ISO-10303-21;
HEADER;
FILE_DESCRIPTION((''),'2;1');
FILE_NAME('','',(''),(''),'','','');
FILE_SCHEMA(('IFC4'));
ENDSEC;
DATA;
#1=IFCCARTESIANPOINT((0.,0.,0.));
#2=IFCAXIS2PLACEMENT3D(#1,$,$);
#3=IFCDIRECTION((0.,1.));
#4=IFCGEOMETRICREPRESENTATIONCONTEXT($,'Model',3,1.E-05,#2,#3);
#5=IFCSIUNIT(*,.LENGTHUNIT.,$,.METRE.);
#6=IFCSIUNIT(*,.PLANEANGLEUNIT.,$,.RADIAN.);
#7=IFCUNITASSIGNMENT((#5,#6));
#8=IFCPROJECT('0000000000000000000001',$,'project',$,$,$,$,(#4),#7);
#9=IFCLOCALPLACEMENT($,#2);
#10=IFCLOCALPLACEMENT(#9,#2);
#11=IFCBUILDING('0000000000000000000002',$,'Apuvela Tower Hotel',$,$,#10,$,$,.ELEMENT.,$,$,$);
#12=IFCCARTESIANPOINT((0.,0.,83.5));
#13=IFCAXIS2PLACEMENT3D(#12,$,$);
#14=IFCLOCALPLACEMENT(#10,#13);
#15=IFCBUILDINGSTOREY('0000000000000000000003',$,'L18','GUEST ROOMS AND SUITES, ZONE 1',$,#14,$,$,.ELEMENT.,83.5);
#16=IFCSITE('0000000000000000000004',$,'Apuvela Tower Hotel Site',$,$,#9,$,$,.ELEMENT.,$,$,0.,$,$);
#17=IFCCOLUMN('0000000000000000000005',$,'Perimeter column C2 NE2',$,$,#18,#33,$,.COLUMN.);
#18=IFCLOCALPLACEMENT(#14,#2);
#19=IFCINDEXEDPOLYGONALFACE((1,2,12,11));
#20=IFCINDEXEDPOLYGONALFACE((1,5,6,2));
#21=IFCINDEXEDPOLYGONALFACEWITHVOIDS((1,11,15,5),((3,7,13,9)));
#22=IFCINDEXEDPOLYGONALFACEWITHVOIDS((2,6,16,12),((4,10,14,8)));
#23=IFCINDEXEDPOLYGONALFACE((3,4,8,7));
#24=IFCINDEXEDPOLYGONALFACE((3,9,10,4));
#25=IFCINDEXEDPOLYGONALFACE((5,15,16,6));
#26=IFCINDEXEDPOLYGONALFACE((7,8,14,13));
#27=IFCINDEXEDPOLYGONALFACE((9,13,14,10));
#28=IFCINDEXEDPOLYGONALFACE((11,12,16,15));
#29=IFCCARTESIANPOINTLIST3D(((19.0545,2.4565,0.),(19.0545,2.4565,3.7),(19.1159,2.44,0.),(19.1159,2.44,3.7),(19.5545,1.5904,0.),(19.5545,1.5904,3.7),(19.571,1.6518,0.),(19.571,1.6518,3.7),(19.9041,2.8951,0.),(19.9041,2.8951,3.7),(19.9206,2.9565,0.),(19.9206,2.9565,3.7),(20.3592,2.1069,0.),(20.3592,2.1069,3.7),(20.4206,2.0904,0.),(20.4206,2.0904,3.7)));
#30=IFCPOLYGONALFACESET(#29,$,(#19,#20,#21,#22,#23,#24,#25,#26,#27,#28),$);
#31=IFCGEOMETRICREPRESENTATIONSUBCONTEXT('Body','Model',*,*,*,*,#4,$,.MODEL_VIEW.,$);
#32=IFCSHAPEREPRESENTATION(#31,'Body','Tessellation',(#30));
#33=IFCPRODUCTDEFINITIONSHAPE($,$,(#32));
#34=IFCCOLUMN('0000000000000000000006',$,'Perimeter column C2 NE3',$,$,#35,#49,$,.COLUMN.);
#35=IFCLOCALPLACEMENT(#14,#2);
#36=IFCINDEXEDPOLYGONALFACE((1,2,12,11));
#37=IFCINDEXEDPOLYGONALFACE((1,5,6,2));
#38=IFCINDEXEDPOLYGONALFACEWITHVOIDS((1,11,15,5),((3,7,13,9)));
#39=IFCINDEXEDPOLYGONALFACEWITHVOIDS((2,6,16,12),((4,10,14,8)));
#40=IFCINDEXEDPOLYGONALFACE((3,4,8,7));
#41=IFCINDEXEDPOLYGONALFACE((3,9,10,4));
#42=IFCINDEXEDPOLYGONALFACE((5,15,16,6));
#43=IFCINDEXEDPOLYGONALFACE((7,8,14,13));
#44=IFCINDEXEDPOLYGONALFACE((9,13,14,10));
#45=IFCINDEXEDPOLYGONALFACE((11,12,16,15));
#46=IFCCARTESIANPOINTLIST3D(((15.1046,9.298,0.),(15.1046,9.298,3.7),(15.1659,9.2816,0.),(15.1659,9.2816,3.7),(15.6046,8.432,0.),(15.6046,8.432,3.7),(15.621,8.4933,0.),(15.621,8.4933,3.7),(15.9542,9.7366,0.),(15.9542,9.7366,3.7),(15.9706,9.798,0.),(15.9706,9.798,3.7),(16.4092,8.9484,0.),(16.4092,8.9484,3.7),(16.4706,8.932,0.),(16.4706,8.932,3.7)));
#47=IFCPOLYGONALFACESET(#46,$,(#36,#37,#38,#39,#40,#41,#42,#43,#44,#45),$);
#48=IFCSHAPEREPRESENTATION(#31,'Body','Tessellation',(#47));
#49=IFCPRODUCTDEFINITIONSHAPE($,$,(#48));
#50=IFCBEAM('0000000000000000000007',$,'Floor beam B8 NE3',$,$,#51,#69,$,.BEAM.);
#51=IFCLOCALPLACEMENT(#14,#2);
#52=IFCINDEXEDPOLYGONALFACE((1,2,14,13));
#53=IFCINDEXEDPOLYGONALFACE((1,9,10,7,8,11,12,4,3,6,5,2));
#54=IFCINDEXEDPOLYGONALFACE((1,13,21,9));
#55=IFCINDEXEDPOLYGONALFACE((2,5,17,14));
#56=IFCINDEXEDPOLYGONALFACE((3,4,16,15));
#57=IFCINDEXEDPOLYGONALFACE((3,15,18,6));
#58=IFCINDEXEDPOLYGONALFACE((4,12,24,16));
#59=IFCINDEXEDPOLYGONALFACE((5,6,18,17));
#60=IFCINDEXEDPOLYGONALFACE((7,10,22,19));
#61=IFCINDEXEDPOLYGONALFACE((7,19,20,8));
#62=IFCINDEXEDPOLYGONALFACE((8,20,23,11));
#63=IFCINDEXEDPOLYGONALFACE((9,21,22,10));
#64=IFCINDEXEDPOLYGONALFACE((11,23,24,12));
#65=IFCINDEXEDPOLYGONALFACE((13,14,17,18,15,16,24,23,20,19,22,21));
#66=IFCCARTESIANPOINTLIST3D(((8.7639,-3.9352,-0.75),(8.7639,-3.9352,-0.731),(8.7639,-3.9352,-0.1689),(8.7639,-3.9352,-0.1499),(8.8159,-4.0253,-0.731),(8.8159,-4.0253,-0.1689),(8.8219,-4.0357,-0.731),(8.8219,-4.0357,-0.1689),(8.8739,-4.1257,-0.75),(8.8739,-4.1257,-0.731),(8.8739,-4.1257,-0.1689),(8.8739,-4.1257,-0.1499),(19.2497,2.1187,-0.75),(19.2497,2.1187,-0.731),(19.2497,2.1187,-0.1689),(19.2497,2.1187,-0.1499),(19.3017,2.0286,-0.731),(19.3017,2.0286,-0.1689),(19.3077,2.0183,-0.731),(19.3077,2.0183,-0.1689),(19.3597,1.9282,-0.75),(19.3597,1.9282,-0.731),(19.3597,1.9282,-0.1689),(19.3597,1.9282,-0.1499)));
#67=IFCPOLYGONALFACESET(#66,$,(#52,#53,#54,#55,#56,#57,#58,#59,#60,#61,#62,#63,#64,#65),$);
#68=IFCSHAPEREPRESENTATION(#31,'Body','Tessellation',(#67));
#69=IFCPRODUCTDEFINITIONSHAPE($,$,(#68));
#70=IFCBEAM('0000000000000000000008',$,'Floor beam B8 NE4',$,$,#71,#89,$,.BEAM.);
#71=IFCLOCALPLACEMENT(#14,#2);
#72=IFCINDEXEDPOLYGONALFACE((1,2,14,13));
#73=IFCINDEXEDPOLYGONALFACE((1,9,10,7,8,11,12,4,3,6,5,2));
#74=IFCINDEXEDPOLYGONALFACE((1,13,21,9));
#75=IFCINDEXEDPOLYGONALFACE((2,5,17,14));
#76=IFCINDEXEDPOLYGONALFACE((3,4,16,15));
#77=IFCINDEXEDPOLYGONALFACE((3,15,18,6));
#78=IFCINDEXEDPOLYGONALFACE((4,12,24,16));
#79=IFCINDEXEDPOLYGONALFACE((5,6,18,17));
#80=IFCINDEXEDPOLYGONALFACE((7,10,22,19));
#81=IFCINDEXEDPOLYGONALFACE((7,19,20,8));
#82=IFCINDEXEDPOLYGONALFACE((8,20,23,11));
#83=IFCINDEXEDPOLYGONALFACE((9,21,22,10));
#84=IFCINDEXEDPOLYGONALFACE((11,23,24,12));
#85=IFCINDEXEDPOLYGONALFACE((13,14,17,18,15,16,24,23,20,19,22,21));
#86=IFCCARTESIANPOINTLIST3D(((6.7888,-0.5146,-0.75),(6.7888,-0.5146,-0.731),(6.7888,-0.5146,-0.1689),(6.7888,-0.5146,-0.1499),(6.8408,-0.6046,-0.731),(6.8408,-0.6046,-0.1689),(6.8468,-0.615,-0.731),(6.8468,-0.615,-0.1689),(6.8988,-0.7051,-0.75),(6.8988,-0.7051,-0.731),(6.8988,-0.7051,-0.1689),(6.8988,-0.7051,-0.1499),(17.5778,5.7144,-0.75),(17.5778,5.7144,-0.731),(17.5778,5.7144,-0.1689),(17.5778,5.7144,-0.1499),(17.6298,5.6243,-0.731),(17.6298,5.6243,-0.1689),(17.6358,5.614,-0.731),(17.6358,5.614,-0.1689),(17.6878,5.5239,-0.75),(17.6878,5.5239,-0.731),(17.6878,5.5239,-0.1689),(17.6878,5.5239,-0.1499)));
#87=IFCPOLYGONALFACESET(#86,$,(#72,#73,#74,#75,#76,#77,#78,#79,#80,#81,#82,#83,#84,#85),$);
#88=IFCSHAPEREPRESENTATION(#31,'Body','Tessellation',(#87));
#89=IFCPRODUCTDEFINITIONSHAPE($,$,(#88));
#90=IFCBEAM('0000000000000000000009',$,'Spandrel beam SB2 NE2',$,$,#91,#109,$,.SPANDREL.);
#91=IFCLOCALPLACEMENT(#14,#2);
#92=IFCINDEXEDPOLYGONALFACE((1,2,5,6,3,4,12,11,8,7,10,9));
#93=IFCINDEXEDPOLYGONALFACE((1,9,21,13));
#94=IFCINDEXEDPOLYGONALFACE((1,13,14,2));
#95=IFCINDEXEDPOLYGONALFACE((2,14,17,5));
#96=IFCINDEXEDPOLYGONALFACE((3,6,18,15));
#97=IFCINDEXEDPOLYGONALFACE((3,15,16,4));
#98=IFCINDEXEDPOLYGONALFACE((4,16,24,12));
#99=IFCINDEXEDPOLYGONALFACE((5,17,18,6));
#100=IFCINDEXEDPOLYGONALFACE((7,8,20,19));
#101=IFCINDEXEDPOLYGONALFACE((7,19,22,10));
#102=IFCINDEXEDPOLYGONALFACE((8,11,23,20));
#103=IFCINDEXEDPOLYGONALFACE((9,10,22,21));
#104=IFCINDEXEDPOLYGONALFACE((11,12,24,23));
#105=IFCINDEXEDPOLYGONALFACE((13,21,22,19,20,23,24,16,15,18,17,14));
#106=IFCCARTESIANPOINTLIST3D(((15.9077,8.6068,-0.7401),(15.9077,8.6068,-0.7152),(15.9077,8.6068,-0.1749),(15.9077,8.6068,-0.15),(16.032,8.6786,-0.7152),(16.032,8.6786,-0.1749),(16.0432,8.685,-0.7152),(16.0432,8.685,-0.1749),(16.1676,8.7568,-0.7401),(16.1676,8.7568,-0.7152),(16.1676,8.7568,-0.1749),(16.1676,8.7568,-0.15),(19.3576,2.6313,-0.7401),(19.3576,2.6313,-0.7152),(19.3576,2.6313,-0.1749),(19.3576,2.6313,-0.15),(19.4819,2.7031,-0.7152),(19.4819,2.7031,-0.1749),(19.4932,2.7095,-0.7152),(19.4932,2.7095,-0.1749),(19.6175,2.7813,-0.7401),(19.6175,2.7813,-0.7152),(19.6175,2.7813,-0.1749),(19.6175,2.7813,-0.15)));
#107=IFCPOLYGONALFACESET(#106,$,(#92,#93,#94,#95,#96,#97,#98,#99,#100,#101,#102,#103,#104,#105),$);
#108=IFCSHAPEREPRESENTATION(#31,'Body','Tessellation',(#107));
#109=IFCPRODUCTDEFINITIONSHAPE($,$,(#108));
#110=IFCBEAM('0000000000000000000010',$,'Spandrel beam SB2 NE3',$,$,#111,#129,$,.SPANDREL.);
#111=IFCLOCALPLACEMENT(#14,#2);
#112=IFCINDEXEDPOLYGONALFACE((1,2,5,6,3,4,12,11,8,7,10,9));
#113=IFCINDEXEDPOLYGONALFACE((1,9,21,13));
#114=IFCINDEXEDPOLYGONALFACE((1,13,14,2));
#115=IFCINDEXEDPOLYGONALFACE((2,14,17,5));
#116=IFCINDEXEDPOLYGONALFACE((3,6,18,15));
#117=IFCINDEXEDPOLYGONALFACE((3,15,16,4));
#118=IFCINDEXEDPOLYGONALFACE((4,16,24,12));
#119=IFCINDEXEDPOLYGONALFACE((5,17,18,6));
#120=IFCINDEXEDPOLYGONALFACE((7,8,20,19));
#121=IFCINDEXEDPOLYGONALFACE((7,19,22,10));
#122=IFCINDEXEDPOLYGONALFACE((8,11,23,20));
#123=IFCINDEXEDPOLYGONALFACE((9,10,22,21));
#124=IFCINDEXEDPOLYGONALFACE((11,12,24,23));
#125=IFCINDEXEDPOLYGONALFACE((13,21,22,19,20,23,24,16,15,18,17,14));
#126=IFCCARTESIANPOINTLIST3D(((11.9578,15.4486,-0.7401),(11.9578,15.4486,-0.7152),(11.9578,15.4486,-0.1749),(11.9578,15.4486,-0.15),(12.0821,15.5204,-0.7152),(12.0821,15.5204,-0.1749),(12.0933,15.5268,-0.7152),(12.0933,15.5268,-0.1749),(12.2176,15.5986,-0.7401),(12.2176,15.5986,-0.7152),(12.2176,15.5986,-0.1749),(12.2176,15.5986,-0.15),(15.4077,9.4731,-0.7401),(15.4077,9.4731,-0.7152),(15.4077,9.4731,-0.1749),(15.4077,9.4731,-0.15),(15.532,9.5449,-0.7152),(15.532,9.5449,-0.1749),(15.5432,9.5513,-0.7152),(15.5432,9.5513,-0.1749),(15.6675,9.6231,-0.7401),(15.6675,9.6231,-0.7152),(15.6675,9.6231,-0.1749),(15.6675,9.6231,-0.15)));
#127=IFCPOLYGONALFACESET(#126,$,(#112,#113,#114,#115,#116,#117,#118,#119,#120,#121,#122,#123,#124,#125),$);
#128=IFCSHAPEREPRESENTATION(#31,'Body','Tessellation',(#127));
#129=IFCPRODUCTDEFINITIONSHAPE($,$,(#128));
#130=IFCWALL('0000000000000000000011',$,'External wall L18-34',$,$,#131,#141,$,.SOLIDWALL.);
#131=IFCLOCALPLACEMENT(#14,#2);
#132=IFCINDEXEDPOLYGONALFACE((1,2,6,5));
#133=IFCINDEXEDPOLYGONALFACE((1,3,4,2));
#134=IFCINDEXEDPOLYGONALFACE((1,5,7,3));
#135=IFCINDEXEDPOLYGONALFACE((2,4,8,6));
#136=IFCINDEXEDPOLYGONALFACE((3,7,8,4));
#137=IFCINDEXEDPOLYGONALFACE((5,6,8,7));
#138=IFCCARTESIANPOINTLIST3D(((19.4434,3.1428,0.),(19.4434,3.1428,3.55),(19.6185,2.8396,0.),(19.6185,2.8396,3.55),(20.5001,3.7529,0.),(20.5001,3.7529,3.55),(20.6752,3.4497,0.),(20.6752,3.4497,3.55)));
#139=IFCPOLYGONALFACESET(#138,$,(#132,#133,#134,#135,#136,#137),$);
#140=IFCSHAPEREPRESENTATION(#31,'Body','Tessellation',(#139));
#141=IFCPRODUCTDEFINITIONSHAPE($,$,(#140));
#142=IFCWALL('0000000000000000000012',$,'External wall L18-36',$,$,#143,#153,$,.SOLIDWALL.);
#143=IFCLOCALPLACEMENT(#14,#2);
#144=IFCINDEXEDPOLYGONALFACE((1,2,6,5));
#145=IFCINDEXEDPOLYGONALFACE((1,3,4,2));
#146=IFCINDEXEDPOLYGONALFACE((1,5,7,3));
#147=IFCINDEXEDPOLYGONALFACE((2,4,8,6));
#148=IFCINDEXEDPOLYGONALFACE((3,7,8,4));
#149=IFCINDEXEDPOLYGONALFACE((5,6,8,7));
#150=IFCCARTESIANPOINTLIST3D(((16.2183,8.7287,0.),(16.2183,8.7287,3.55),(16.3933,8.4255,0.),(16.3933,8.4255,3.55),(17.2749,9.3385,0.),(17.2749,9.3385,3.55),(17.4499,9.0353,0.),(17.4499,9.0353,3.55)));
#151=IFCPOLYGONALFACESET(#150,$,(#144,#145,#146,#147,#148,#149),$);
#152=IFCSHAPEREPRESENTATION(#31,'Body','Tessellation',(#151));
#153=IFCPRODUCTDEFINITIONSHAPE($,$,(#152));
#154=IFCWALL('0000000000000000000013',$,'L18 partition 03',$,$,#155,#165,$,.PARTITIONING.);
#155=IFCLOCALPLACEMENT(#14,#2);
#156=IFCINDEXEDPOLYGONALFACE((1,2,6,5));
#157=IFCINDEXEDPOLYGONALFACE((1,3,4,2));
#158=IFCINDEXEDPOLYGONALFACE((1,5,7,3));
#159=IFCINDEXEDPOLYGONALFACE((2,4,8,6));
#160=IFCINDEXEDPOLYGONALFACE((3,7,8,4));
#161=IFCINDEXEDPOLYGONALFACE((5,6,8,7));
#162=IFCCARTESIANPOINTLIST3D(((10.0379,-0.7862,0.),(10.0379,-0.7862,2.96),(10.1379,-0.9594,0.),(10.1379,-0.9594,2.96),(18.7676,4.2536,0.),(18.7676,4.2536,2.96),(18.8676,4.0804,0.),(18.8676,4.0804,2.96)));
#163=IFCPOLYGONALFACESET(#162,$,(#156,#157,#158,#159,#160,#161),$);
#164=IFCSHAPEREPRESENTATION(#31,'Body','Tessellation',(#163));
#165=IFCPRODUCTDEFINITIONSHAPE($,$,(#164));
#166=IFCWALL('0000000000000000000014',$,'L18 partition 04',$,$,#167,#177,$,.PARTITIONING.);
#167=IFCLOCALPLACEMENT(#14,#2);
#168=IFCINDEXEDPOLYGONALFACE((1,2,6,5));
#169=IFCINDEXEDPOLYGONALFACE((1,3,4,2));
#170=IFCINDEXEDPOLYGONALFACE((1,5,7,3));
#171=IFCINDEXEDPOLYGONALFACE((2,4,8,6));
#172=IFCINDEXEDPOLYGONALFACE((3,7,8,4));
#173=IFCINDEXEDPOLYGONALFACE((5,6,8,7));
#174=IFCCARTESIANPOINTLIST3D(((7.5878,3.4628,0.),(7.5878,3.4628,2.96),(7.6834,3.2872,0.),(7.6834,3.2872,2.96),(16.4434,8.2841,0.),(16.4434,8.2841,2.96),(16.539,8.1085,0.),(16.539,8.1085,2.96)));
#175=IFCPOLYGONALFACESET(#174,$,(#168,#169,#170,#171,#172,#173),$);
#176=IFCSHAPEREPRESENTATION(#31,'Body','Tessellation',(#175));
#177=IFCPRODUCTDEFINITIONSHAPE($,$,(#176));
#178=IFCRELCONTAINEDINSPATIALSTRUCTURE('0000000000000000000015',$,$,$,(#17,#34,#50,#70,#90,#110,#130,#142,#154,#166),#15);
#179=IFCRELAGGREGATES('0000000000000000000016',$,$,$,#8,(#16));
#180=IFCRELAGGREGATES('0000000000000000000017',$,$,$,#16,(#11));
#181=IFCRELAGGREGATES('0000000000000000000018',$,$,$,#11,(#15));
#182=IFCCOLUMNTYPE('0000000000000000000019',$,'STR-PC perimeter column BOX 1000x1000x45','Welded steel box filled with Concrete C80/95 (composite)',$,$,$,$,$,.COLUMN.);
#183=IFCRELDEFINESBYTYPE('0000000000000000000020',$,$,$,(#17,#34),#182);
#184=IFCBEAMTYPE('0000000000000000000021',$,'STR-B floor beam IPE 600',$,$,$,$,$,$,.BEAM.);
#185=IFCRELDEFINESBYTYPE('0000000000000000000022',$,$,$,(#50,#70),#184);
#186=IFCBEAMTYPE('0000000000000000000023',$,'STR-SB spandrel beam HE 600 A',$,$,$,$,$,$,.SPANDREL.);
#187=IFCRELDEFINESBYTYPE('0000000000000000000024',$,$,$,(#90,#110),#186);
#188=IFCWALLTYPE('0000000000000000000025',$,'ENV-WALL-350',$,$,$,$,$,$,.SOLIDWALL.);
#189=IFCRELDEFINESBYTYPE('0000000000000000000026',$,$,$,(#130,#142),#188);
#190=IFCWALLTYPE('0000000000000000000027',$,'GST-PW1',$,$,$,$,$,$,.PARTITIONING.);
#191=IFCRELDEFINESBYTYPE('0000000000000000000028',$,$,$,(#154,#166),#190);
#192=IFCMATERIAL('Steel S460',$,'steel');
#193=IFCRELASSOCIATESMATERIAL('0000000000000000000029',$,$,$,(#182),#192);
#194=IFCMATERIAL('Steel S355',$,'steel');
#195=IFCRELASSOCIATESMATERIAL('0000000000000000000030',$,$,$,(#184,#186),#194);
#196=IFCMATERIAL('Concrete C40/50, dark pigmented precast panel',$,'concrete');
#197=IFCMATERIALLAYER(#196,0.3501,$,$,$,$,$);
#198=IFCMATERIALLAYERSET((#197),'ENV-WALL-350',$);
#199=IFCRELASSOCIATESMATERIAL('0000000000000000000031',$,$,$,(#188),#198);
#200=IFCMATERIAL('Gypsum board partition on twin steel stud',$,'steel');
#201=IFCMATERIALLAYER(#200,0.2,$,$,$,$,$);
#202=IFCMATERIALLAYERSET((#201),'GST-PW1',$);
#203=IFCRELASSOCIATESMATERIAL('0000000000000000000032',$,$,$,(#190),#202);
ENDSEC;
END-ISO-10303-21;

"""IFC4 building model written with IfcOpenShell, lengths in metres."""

from ifc_helpers import new_model, si_unit, direction, frame, frame_2d, origin, origin_2d, place, context, subcontext, project, spatial, rectangle, hollow_rectangle, i_section, extrude, material, layer, layer_set, material_profile, profile_set, type_object, element, save


model = new_model("IFC4")

# Units and contexts
model_context = context("Model", 3, precision=1e-05, world=origin(), true_north=direction((0.0, 1.0)))
body_context = subcontext(model_context, "Body", "Model", "MODEL_VIEW")
ifc_project = project(units=[si_unit("LENGTHUNIT", "METRE"), si_unit("PLANEANGLEUNIT", "RADIAN")], contexts=[model_context])

# Site, building, storey
site_placement = place(None, origin())
site = spatial("IfcSite", under=ifc_project, at=site_placement, Name="Apuvela Tower Hotel Site", CompositionType="ELEMENT", RefElevation=0.0)
building_placement = place(site_placement, origin())
building = spatial("IfcBuilding", under=site, at=building_placement, Name="Apuvela Tower Hotel", CompositionType="ELEMENT")
storey_placement = place(building_placement, frame((0.0, 0.0, 83.5)))
storey = spatial("IfcBuildingStorey", under=building, at=storey_placement, Name="L18", Description="GUEST ROOMS AND SUITES, ZONE 1", CompositionType="ELEMENT", Elevation=83.5)

# Columns
ifc_material_1 = material(Name="Steel S460", Category="steel")
ifc_material_profile_1 = material_profile(ifc_material_1, hollow_rectangle(XDim=1.0, YDim=1.0, WallThickness=0.0449, at=origin_2d()), Name="BOX 1000x1000x45")
ifc_material_2 = material(Name="Concrete C80/95", Category="concrete")
ifc_material_profile_2 = material_profile(ifc_material_2, rectangle(XDim=0.9099, YDim=0.9099, at=origin_2d()), Name="Concrete C80/95 infill")
ifc_profile_set_1 = profile_set([ifc_material_profile_1, ifc_material_profile_2], Name="Steel S460")
column_type = type_object("IfcColumnType", Name="STR-PC perimeter column BOX 1000x1000x45", Description="Welded steel box filled with Concrete C80/95 (composite)", PredefinedType="COLUMN", material=ifc_profile_set_1)
for number, where, z_axis, x_axis, name in (
    (1, (19.7375, 2.2734, 0.0), (0.0, 0.0, 1.0), (-0.5, 0.866025, 0.0), "Perimeter column C2 NE2"),
    (2, (15.7876, 9.115, 0.0), (0.0, 0.0, 1.0), (-0.5, 0.866025, 0.0), "Perimeter column C2 NE3"),
):
    element("IfcColumn", number, at=place(storey_placement, frame(where, z_axis=z_axis, x_axis=x_axis)), inside=storey, type_object=column_type, Name=name, PredefinedType="COLUMN", context=body_context, shape_type="SweptSolid", body=[
        extrude(hollow_rectangle(XDim=1.0, YDim=1.0, WallThickness=0.0449, at=origin_2d()), origin(), (0.0, 0.0, 1.0), 3.7),
    ])

# Beams
ifc_material_3 = material(Name="Steel S355", Category="steel")
ifc_material_profile_3 = material_profile(ifc_material_3, i_section(OverallWidth=0.22, OverallDepth=0.6001, WebThickness=0.012, FlangeThickness=0.019, at=origin_2d()), Name="IPE 600")
ifc_profile_set_2 = profile_set([ifc_material_profile_3], Name="Steel S355")
beam_type_1 = type_object("IfcBeamType", Name="STR-B floor beam IPE 600", PredefinedType="BEAM", material=ifc_profile_set_2)
beam_1_placement = place(storey_placement, frame((19.3047, 2.0234, -0.45), z_axis=(-0.866027, -0.499997, 0.0), x_axis=(0.499997, -0.866027, 0.0)))
element("IfcBeam", 3, at=beam_1_placement, inside=storey, type_object=beam_type_1, Name="Floor beam B8 NE3", PredefinedType="BEAM", context=body_context, shape_type="SweptSolid", body=[
    extrude(i_section(OverallWidth=0.22, OverallDepth=0.6001, WebThickness=0.012, FlangeThickness=0.019, at=origin_2d()), origin(), (0.0, 0.0, 1.0), 12.1079),
])
beam_2_placement = place(storey_placement, frame((17.6328, 5.6191, -0.45), z_axis=(-0.866028, -0.499996, 0.0), x_axis=(0.499996, -0.866028, 0.0)))
element("IfcBeam", 4, at=beam_2_placement, inside=storey, type_object=beam_type_1, Name="Floor beam B8 NE4", PredefinedType="BEAM", context=body_context, shape_type="SweptSolid", body=[
    extrude(i_section(OverallWidth=0.22, OverallDepth=0.6001, WebThickness=0.012, FlangeThickness=0.019, at=origin_2d()), origin(), (0.0, 0.0, 1.0), 12.458),
])
ifc_material_profile_4 = material_profile(ifc_material_3, i_section(OverallWidth=0.3, OverallDepth=0.5901, WebThickness=0.0129, FlangeThickness=0.0249, at=origin_2d()), Name="HE 600 A")
ifc_profile_set_3 = profile_set([ifc_material_profile_4], Name="Steel S355")
beam_type_2 = type_object("IfcBeamType", Name="STR-SB spandrel beam HE 600 A", PredefinedType="SPANDREL", material=ifc_profile_set_3)
for number, where, z_axis, x_axis, name in (
    (5, (19.4875, 2.7063, -0.4451), (-0.499994, 0.866029, 0.0), (-0.866029, -0.499994, 0.0), "Spandrel beam SB2 NE2"),
    (6, (15.5376, 9.5481, -0.4451), (-0.499994, 0.866029, 0.0), (-0.866029, -0.499994, 0.0), "Spandrel beam SB2 NE3"),
):
    element("IfcBeam", number, at=place(storey_placement, frame(where, z_axis=z_axis, x_axis=x_axis)), inside=storey, type_object=beam_type_2, Name=name, PredefinedType="SPANDREL", context=body_context, shape_type="SweptSolid", body=[
        extrude(i_section(OverallWidth=0.3, OverallDepth=0.5901, WebThickness=0.0129, FlangeThickness=0.0249, at=origin_2d()), origin(), (0.0, 0.0, 1.0), 6.8999),
    ])

# Wall
ifc_material_4 = material(Name="Concrete C40/50, dark pigmented precast panel", Category="concrete")
ifc_layer_1 = layer(ifc_material_4, 0.3501)
ifc_layer_set_1 = layer_set([ifc_layer_1], Name="ENV-WALL-350")
wall_type_1 = type_object("IfcWallType", Name="ENV-WALL-350", PredefinedType="SOLIDWALL", material=ifc_layer_set_1)
wall_1_placement = place(storey_placement, frame((20.5876, 3.6013, 0.0), z_axis=(0.0, 0.0, 1.0), x_axis=(-0.866006, -0.500034, 0.0)))
element("IfcWall", 7, at=wall_1_placement, inside=storey, type_object=wall_type_1, Name="External wall L18-34", PredefinedType="SOLIDWALL", context=body_context, shape_type="SweptSolid", body=[
    extrude(rectangle(XDim=1.2202, YDim=0.3501, at=frame_2d((0.6101, 0.0))), origin(), (0.0, 0.0, 1.0), 3.55),
])

# Wall
wall_2_placement = place(storey_placement, frame((16.3059, 8.5771, 0.0), z_axis=(0.0, 0.0, 1.0), x_axis=(0.866092, 0.499884, 0.0)))
element("IfcWall", 8, at=wall_2_placement, inside=storey, type_object=wall_type_1, Name="External wall L18-36", PredefinedType="SOLIDWALL", context=body_context, shape_type="SweptSolid", body=[
    extrude(rectangle(XDim=1.22, YDim=0.3501, at=frame_2d((0.6099, 0.0))), origin(), (0.0, 0.0, 1.0), 3.55),
])

# Walls
ifc_material_5 = material(Name="Gypsum board partition on twin steel stud", Category="steel")
ifc_layer_2 = layer(ifc_material_5, 0.2)
ifc_layer_set_2 = layer_set([ifc_layer_2], Name="GST-PW1")
wall_type_2 = type_object("IfcWallType", Name="GST-PW1", PredefinedType="PARTITIONING", material=ifc_layer_set_2)
wall_3_placement = place(storey_placement, frame((18.8176, 4.167, 0.0), z_axis=(0.0, 0.0, 1.0), x_axis=(-0.866039, -0.499976, 0.0)))
element("IfcWall", 9, at=wall_3_placement, inside=storey, type_object=wall_type_2, Name="L18 partition 03", PredefinedType="PARTITIONING", context=body_context, shape_type="SweptSolid", body=[
    extrude(rectangle(XDim=10.0801, YDim=0.2, at=frame_2d((5.04, 0.0))), origin(), (0.0, 0.0, 1.0), 2.96),
])
wall_4_placement = place(storey_placement, frame((16.4912, 8.1963, 0.0), z_axis=(0.0, 0.0, 1.0), x_axis=(-0.878275, -0.478156, 0.0)))
element("IfcWall", 10, at=wall_4_placement, inside=storey, type_object=wall_type_2, Name="L18 partition 04", PredefinedType="PARTITIONING", context=body_context, shape_type="SweptSolid", body=[
    extrude(rectangle(XDim=10.083, YDim=0.2, at=frame_2d((5.0415, 0.0))), origin(), (0.0, 0.0, 1.0), 2.96),
])

save(model, "model.ifc")
